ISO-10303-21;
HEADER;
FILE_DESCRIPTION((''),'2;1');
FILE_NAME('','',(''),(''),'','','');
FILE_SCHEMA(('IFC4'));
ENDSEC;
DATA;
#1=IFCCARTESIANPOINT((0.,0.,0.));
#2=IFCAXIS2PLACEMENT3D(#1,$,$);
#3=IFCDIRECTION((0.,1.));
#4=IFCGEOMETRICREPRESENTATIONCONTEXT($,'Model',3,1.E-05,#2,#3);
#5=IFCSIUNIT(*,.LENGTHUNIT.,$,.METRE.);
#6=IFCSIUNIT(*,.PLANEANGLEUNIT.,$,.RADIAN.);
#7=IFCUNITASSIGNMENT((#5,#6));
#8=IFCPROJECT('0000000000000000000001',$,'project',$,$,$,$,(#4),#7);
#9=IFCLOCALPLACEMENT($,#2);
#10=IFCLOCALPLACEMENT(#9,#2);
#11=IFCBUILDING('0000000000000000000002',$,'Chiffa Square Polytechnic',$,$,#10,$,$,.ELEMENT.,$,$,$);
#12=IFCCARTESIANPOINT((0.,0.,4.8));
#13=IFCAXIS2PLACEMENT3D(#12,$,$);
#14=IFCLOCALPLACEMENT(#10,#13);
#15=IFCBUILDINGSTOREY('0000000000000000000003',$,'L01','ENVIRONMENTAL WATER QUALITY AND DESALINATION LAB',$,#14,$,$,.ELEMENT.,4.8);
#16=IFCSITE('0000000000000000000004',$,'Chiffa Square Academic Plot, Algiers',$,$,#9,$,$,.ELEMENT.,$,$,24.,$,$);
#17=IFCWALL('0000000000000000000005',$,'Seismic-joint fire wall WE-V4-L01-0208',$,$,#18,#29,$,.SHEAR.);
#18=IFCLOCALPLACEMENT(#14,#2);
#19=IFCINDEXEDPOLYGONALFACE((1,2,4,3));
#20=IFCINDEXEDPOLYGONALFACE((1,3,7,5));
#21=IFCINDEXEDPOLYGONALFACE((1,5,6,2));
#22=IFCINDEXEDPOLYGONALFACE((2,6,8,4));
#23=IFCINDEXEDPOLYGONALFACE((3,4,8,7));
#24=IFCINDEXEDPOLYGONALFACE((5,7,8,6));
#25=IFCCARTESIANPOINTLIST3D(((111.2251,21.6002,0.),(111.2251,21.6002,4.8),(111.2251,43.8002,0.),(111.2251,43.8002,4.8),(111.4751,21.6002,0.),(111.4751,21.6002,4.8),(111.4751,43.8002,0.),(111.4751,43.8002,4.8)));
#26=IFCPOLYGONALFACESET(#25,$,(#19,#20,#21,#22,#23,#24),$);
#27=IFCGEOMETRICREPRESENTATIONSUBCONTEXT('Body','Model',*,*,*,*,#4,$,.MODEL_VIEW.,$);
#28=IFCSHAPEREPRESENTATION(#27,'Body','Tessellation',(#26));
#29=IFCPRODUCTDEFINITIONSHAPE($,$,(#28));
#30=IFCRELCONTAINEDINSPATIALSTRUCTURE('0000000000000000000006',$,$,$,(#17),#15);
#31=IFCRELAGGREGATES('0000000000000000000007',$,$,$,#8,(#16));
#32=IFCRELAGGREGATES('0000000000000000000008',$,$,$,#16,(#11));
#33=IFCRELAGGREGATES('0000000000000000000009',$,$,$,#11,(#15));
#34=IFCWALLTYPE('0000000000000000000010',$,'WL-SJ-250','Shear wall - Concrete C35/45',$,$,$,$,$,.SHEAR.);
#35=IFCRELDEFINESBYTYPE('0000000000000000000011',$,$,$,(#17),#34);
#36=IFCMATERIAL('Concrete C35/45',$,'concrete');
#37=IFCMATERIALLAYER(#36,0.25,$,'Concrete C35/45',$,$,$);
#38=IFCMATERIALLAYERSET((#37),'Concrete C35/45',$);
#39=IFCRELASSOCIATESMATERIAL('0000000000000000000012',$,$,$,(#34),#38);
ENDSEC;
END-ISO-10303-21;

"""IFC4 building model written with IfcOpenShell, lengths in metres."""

from ifc_helpers import new_model, si_unit, direction, frame, frame_2d, origin, place, context, subcontext, project, spatial, rectangle, extrude, material, layer, layer_set, type_object, element, save


model = new_model("IFC4")

# Units and contexts
model_context = context("Model", 3, precision=1e-05, world=origin(), true_north=direction((0.0, 1.0)))
body_context = subcontext(model_context, "Body", "Model", "MODEL_VIEW")
ifc_project = project(units=[si_unit("LENGTHUNIT", "METRE"), si_unit("PLANEANGLEUNIT", "RADIAN")], contexts=[model_context])

# Site, building, storey
site_placement = place(None, origin())
site = spatial("IfcSite", under=ifc_project, at=site_placement, Name="Chiffa Square Academic Plot, Algiers", CompositionType="ELEMENT", RefElevation=24.0)
building_placement = place(site_placement, origin())
building = spatial("IfcBuilding", under=site, at=building_placement, Name="Chiffa Square Polytechnic", CompositionType="ELEMENT")
storey_placement = place(building_placement, frame((0.0, 0.0, 4.8)))
storey = spatial("IfcBuildingStorey", under=building, at=storey_placement, Name="L01", Description="ENVIRONMENTAL WATER QUALITY AND DESALINATION LAB", CompositionType="ELEMENT", Elevation=4.8)

# Shared definitions
ifc_material_1 = material(Name="Concrete C35/45", Category="concrete")

# Wall
ifc_layer_1 = layer(ifc_material_1, 0.25, Name="Concrete C35/45")
ifc_layer_set_1 = layer_set([ifc_layer_1], Name="Concrete C35/45")
wall_type_1 = type_object("IfcWallType", Name="WL-SJ-250", Description="Shear wall - Concrete C35/45", PredefinedType="SHEAR", material=ifc_layer_set_1)
wall_1_placement = place(storey_placement, frame((111.3501, 21.6001, 0.0), z_axis=(0.0, 0.0, 1.0), x_axis=(0.0, 1.0, 0.0)))
element("IfcWall", 1, at=wall_1_placement, inside=storey, type_object=wall_type_1, Name="Seismic-joint fire wall WE-V4-L01-0208", PredefinedType="SHEAR", context=body_context, shape_type="SweptSolid", body=[
    extrude(rectangle(XDim=22.2, YDim=0.25, at=frame_2d((11.1001, 0.0))), origin(), (0.0, 0.0, 1.0), 4.8),
])

save(model, "model.ifc")
